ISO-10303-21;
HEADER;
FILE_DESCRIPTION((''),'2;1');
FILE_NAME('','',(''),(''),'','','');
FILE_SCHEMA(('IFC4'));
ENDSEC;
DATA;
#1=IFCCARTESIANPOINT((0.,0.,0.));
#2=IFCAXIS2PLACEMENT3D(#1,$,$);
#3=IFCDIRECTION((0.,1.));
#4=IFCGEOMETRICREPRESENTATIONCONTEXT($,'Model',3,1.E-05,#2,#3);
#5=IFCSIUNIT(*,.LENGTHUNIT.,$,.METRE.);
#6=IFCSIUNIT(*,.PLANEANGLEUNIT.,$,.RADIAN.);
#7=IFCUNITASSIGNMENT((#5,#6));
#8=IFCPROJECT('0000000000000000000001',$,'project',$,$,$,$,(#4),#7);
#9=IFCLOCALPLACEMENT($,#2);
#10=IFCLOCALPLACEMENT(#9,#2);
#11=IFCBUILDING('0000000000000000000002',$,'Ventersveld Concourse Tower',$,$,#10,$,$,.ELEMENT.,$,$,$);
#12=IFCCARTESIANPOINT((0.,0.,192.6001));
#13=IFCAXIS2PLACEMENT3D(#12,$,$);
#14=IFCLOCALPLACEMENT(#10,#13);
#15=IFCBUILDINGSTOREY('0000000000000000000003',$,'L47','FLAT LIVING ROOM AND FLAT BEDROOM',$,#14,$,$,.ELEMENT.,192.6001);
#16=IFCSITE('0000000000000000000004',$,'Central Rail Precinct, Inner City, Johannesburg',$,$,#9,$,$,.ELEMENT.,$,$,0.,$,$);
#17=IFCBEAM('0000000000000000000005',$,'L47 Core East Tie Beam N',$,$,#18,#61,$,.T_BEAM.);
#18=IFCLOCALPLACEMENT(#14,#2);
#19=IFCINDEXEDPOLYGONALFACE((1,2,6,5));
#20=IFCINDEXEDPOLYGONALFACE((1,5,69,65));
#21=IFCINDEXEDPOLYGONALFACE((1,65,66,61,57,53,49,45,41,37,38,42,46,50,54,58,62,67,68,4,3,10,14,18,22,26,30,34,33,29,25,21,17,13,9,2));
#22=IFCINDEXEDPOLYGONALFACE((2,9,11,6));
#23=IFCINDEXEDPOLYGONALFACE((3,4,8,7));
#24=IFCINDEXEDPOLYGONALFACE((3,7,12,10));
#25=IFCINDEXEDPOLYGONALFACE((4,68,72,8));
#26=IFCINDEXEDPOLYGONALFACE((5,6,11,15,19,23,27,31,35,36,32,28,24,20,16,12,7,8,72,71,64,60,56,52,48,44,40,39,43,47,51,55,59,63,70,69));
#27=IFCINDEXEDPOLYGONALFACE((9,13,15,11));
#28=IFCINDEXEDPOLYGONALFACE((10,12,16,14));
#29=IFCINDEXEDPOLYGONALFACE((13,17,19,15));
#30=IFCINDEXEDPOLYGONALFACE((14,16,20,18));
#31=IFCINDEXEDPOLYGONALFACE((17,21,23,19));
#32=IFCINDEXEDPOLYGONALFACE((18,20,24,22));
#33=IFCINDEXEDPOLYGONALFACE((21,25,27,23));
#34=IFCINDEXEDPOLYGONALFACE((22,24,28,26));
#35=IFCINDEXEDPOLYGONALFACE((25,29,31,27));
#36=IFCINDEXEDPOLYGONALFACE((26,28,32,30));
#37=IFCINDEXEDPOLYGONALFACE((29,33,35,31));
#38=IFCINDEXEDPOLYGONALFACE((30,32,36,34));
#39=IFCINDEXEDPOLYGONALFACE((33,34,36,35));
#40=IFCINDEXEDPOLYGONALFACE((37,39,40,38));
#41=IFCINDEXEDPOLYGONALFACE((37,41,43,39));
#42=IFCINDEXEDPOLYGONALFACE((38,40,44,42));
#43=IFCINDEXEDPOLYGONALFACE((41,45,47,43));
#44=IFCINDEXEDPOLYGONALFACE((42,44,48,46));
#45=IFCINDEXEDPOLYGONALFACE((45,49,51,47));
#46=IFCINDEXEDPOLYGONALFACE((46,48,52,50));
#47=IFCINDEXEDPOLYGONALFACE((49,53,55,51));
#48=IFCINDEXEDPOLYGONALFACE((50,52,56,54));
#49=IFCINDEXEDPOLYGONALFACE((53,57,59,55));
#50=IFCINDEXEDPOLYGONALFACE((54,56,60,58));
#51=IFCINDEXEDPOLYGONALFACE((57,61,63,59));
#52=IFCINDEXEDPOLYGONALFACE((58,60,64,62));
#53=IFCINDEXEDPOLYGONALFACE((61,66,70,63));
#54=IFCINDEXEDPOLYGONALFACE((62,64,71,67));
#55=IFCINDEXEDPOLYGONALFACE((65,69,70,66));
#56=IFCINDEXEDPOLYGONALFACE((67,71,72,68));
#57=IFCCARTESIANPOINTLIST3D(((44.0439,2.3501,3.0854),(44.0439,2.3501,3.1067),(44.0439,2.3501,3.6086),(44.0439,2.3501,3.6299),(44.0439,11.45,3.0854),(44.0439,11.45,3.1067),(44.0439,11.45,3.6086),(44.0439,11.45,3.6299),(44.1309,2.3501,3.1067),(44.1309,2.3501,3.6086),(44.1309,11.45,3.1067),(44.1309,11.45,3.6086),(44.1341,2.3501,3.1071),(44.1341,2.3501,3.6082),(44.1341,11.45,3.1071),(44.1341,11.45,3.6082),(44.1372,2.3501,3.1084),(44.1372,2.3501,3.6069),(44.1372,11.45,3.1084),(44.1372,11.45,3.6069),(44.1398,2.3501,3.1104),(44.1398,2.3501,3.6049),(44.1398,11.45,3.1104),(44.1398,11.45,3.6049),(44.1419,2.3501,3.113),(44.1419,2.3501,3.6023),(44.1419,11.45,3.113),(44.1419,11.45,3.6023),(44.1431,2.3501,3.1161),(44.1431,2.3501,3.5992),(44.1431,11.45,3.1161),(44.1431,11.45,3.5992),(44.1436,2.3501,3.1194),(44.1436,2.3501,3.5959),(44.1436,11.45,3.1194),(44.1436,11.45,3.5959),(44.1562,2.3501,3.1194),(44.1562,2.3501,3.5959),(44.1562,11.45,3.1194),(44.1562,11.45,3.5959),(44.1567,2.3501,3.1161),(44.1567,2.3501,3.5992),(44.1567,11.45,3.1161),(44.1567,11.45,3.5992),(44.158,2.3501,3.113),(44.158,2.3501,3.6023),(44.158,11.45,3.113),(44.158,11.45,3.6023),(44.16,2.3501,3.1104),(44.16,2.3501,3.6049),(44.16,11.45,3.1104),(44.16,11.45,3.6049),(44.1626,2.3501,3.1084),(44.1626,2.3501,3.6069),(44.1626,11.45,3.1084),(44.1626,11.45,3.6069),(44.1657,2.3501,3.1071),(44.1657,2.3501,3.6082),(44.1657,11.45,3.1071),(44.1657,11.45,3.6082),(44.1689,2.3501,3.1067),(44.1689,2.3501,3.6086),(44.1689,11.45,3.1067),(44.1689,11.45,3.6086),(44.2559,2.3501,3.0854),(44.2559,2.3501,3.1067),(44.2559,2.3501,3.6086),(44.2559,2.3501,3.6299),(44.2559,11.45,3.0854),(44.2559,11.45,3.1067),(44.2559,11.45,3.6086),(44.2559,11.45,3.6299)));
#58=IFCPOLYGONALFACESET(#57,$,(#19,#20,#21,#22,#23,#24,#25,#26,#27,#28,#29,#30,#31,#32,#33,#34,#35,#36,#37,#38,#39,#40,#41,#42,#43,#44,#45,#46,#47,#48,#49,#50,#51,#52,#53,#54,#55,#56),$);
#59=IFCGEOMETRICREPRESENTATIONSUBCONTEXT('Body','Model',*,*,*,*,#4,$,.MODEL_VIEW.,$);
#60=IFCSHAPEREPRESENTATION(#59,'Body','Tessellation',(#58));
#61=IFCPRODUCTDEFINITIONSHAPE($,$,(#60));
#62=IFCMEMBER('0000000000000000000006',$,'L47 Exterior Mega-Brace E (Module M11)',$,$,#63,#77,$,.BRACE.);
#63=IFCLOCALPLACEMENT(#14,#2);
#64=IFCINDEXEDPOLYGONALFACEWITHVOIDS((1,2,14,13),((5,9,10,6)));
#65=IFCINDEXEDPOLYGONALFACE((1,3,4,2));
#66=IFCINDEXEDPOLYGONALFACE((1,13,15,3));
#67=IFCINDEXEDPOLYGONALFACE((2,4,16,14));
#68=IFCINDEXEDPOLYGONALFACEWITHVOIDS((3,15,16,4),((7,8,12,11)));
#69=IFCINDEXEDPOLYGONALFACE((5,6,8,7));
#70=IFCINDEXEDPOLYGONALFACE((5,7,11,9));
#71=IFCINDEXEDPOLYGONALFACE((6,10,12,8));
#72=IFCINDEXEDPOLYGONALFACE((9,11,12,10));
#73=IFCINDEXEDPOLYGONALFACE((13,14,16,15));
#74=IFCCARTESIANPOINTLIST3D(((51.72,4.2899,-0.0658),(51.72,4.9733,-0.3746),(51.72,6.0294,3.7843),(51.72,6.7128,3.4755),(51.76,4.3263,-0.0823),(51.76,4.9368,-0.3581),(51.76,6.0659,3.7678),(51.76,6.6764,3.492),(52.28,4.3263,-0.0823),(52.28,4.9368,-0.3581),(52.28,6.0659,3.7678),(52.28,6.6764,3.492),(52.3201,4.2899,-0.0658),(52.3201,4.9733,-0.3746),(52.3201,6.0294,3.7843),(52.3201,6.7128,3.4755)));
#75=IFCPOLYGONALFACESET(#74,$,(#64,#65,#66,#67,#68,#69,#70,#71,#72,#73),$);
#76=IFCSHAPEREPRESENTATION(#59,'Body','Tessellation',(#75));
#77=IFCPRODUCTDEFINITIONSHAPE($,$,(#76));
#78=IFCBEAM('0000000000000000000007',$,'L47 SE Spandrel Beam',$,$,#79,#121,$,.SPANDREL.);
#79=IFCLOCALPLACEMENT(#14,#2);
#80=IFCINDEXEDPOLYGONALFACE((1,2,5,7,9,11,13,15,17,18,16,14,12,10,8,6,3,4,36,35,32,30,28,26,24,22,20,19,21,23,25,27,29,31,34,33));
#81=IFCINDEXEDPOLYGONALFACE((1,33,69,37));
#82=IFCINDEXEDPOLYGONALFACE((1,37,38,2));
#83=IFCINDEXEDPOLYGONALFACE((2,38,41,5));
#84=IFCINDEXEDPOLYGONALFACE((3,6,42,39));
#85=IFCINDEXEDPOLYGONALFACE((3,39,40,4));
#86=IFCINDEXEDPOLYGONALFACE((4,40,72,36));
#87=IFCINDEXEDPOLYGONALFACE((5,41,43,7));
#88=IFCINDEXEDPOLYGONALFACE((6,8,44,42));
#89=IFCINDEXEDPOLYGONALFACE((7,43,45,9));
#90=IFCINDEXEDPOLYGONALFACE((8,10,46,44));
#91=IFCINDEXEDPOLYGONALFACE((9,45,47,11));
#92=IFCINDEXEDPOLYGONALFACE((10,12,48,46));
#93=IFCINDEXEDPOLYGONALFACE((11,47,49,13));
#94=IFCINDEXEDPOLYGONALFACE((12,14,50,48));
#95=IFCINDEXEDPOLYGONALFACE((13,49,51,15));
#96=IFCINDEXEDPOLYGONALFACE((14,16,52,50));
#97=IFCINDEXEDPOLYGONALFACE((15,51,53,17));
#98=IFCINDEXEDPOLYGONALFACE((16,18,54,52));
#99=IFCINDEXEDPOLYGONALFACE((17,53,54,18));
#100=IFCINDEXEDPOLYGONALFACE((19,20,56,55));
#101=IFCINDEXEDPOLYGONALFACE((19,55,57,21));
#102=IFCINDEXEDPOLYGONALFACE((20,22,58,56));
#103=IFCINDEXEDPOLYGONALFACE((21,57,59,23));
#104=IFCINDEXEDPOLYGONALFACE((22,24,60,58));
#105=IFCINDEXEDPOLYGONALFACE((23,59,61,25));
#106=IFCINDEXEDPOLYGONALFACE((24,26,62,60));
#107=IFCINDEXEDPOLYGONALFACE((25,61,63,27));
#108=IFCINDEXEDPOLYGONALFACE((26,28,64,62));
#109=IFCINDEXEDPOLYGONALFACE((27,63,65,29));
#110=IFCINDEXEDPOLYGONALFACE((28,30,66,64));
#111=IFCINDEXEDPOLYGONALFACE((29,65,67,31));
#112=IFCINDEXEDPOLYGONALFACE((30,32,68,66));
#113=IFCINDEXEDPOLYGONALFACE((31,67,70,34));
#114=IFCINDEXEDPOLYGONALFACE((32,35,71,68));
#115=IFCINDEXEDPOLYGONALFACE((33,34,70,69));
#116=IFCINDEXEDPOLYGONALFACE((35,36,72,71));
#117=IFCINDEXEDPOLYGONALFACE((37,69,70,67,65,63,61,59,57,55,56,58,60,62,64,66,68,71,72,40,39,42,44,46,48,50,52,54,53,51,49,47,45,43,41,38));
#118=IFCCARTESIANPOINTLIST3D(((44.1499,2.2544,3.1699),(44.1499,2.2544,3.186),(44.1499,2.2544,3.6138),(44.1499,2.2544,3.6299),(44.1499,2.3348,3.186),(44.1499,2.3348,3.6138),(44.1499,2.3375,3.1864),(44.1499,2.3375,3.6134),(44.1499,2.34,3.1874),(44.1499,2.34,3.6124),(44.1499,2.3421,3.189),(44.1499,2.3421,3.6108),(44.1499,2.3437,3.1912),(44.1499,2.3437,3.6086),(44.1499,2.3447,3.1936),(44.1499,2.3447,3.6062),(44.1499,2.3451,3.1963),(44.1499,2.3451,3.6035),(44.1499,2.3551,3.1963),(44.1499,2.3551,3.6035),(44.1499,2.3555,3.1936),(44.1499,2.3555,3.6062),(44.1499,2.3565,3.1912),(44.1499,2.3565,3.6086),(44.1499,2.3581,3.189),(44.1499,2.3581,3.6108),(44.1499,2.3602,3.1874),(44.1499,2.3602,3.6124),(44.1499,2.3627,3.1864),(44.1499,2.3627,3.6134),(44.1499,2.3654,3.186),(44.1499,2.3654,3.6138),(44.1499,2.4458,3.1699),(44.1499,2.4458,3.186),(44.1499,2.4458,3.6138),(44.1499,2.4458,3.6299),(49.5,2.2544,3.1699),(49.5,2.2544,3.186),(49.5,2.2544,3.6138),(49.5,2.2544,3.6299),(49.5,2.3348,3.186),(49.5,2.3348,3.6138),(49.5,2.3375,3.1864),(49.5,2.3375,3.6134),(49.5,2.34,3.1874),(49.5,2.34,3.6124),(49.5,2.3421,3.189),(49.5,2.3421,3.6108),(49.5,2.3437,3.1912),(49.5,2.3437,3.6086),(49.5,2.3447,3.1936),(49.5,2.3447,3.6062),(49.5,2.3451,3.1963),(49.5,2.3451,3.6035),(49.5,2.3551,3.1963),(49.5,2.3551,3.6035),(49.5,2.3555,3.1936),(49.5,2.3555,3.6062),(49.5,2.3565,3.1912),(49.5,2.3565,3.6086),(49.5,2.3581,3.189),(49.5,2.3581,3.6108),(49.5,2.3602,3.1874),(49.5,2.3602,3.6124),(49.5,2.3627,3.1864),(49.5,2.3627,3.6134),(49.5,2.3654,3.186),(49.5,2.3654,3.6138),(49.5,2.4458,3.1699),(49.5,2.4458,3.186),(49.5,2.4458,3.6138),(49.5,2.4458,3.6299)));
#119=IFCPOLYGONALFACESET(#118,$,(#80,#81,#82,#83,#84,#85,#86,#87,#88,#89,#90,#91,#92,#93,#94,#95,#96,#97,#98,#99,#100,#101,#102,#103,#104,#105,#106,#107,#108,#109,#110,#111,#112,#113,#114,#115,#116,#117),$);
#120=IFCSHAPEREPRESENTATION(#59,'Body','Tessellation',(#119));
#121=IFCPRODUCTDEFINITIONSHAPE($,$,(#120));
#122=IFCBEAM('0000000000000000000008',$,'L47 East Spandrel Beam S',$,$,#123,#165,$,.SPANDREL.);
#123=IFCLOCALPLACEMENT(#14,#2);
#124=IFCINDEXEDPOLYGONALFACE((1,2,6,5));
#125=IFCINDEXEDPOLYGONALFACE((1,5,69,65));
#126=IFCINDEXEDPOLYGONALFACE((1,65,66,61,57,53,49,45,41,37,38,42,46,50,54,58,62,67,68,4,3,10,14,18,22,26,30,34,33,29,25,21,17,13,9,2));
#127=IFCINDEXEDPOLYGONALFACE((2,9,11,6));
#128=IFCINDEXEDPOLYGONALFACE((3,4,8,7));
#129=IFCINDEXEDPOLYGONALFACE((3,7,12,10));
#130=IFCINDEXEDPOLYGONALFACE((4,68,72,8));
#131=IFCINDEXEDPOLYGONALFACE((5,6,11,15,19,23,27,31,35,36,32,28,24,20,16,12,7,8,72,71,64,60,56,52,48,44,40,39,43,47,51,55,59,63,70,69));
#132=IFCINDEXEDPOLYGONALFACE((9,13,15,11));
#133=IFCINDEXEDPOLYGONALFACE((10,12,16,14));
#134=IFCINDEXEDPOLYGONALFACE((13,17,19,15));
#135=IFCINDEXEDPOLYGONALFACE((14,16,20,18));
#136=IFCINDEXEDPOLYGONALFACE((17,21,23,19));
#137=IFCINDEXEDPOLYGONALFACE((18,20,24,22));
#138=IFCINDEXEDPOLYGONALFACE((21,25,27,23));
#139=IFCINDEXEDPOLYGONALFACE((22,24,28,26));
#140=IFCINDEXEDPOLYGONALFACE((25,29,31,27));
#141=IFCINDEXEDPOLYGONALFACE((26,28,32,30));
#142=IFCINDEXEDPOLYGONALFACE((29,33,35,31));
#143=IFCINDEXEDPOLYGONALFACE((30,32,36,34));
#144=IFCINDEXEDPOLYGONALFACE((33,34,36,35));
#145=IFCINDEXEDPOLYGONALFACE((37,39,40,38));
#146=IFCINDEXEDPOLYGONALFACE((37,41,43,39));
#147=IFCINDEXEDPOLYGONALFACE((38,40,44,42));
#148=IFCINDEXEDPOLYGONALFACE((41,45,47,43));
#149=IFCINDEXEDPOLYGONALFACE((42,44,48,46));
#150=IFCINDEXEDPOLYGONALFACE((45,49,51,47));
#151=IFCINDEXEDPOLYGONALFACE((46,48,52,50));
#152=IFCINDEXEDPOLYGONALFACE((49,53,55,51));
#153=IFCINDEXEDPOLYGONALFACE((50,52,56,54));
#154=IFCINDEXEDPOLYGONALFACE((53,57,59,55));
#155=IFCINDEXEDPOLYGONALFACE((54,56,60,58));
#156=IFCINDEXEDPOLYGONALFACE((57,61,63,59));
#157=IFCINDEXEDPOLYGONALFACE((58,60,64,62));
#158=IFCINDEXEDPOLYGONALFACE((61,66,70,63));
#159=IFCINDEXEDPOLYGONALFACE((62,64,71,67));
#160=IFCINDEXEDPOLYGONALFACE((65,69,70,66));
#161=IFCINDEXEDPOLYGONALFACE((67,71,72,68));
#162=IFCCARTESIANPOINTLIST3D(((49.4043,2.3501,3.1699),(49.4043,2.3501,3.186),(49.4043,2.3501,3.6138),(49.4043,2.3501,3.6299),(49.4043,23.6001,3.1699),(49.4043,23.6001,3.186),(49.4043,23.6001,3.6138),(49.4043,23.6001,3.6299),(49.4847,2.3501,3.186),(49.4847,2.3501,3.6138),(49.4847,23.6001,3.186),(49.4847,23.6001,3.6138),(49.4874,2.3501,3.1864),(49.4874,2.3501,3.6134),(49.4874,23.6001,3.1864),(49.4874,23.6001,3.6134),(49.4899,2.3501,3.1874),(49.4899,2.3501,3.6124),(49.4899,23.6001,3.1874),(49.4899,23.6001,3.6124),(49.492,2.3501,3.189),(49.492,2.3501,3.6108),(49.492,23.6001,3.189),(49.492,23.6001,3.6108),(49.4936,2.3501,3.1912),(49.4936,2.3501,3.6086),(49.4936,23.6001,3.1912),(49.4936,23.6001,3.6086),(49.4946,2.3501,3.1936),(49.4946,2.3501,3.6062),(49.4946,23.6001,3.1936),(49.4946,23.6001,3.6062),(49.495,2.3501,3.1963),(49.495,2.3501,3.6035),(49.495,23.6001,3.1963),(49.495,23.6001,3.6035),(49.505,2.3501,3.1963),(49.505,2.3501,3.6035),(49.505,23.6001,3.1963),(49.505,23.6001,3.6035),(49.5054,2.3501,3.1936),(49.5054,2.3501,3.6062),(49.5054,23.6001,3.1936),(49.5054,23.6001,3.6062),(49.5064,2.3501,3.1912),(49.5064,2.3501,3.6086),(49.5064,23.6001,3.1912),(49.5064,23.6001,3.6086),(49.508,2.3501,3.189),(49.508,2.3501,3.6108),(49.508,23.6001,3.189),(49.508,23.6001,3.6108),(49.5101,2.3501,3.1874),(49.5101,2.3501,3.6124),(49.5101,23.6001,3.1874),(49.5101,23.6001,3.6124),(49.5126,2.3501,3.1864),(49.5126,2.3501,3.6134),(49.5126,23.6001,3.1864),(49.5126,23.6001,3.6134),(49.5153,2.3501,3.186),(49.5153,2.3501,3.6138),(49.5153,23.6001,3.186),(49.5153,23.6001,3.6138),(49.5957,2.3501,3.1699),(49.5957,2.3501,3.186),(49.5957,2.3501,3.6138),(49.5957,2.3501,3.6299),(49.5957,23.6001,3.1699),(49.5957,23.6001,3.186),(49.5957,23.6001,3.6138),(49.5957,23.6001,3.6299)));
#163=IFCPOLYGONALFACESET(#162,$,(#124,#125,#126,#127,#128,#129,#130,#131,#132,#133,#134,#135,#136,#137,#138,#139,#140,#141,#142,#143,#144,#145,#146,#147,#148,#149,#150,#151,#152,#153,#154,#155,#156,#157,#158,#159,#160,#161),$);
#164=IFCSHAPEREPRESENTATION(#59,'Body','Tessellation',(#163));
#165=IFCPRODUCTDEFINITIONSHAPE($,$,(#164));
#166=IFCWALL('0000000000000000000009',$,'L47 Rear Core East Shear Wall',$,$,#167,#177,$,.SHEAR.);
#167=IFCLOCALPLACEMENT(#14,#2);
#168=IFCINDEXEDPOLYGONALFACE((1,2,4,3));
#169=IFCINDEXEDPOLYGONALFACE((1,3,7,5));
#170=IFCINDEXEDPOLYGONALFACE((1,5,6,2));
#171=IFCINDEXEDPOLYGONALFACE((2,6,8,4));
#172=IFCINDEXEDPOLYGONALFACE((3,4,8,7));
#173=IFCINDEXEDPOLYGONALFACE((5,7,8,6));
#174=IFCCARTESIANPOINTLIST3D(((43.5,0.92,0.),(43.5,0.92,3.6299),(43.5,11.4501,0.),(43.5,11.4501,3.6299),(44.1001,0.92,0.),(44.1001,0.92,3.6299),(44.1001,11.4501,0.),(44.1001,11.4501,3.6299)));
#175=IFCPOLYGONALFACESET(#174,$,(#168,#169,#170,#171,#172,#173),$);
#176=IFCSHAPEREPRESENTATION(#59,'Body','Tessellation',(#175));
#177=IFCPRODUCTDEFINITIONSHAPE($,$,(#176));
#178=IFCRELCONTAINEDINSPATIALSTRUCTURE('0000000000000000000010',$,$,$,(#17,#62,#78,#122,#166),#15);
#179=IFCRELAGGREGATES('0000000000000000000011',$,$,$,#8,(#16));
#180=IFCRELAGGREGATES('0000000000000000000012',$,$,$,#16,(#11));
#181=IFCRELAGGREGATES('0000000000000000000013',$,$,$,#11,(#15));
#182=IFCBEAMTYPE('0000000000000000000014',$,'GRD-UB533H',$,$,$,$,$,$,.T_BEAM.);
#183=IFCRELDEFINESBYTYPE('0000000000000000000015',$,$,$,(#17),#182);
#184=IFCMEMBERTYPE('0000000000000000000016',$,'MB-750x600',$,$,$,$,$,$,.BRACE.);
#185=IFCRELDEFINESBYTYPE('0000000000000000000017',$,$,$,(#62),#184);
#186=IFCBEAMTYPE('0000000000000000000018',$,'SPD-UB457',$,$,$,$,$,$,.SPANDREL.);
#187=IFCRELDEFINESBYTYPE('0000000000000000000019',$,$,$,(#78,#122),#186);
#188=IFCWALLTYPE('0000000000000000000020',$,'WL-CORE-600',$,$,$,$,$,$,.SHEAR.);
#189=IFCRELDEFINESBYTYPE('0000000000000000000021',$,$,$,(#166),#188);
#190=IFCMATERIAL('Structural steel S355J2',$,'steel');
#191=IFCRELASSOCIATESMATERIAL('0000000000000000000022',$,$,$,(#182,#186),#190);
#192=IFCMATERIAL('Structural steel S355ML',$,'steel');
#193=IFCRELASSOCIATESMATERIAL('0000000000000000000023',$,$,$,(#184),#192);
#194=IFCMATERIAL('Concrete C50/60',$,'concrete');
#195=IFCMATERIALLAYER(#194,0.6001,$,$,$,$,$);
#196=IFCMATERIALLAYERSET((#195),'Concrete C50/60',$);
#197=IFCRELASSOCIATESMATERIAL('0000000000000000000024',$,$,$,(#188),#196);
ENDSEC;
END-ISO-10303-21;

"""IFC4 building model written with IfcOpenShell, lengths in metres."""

from ifc_helpers import new_model, si_unit, direction, frame, frame_2d, origin, origin_2d, place, context, subcontext, project, spatial, rectangle, hollow_rectangle, i_section, extrude, material, layer, layer_set, material_profile, profile_set, type_object, element, save


model = new_model("IFC4")

# Units and contexts
model_context = context("Model", 3, precision=1e-05, world=origin(), true_north=direction((0.0, 1.0)))
body_context = subcontext(model_context, "Body", "Model", "MODEL_VIEW")
ifc_project = project(units=[si_unit("LENGTHUNIT", "METRE"), si_unit("PLANEANGLEUNIT", "RADIAN")], contexts=[model_context])

# Site, building, storey
site_placement = place(None, origin())
site = spatial("IfcSite", under=ifc_project, at=site_placement, Name="Central Rail Precinct, Inner City, Johannesburg", CompositionType="ELEMENT", RefElevation=0.0)
building_placement = place(site_placement, origin())
building = spatial("IfcBuilding", under=site, at=building_placement, Name="Ventersveld Concourse Tower", CompositionType="ELEMENT")
storey_placement = place(building_placement, frame((0.0, 0.0, 192.6001)))
storey = spatial("IfcBuildingStorey", under=building, at=storey_placement, Name="L47", Description="FLAT LIVING ROOM AND FLAT BEDROOM", CompositionType="ELEMENT", Elevation=192.6001)

# Shared definitions
ifc_material_1 = material(Name="Concrete C50/60", Category="concrete")

# Beam
ifc_material_2 = material(Name="Structural steel S355J2", Category="steel")
ifc_material_profile_1 = material_profile(ifc_material_2, i_section(OverallWidth=0.2119, OverallDepth=0.5444, WebThickness=0.0127, FlangeThickness=0.0212, FilletRadius=0.0127, at=origin_2d()), Name="UB 533x210x122")
ifc_profile_set_1 = profile_set([ifc_material_profile_1], Name="Structural steel S355J2")
beam_type_1 = type_object("IfcBeamType", Name="GRD-UB533H", PredefinedType="T_BEAM", material=ifc_profile_set_1)
beam_1_placement = place(storey_placement, frame((44.1499, 2.3501, 3.3577), z_axis=(0.0, 1.0, 0.0), x_axis=(-1.0, 0.0, 0.0)))
element("IfcBeam", 1, at=beam_1_placement, inside=storey, type_object=beam_type_1, Name="L47 Core East Tie Beam N", PredefinedType="T_BEAM", context=body_context, shape_type="SweptSolid", body=[
    extrude(i_section(OverallWidth=0.2119, OverallDepth=0.5444, WebThickness=0.0127, FlangeThickness=0.0212, FilletRadius=0.0127, at=origin_2d()), origin(), (0.0, 0.0, 1.0), 9.0999),
])

# Member
ifc_material_3 = material(Name="Structural steel S355ML", Category="steel")
ifc_material_profile_2 = material_profile(ifc_material_3, hollow_rectangle(XDim=0.6001, YDim=0.75, WallThickness=0.04, at=origin_2d()), Name="BOX 750x600x40")
ifc_profile_set_2 = profile_set([ifc_material_profile_2], Name="Structural steel S355ML")
member_type = type_object("IfcMemberType", Name="MB-750x600", PredefinedType="BRACE", material=ifc_profile_set_2)
member_placement = place(storey_placement, frame((52.02, 4.6316, -0.2202), z_axis=(0.0, 0.411734, 0.911304), x_axis=(-1.0, 0.0, 0.0)))
element("IfcMember", 2, at=member_placement, inside=storey, type_object=member_type, Name="L47 Exterior Mega-Brace E (Module M11)", PredefinedType="BRACE", context=body_context, shape_type="SweptSolid", body=[
    extrude(hollow_rectangle(XDim=0.6001, YDim=0.75, WallThickness=0.04, at=origin_2d()), origin(), (0.0, 0.0, 1.0), 4.2249),
])

# Beams
ifc_material_profile_3 = material_profile(ifc_material_2, i_section(OverallWidth=0.1914, OverallDepth=0.46, WebThickness=0.01, FlangeThickness=0.0161, FilletRadius=0.0103, at=origin_2d()), Name="UB 457x191x82")
ifc_profile_set_3 = profile_set([ifc_material_profile_3], Name="Structural steel S355J2")
beam_type_2 = type_object("IfcBeamType", Name="SPD-UB457", PredefinedType="SPANDREL", material=ifc_profile_set_3)
beam_2_placement = place(storey_placement, frame((44.1499, 2.3501, 3.3999), z_axis=(1.0, 0.0, 0.0), x_axis=(0.0, 1.0, 0.0)))
element("IfcBeam", 3, at=beam_2_placement, inside=storey, type_object=beam_type_2, Name="L47 SE Spandrel Beam", PredefinedType="SPANDREL", context=body_context, shape_type="SweptSolid", body=[
    extrude(i_section(OverallWidth=0.1914, OverallDepth=0.46, WebThickness=0.01, FlangeThickness=0.0161, FilletRadius=0.0103, at=origin_2d()), origin(), (0.0, 0.0, 1.0), 5.3501),
])
beam_3_placement = place(storey_placement, frame((49.5, 2.3501, 3.3999), z_axis=(0.0, 1.0, 0.0), x_axis=(-1.0, 0.0, 0.0)))
element("IfcBeam", 4, at=beam_3_placement, inside=storey, type_object=beam_type_2, Name="L47 East Spandrel Beam S", PredefinedType="SPANDREL", context=body_context, shape_type="SweptSolid", body=[
    extrude(i_section(OverallWidth=0.1914, OverallDepth=0.46, WebThickness=0.01, FlangeThickness=0.0161, FilletRadius=0.0103, at=origin_2d()), origin(), (0.0, 0.0, 1.0), 21.25),
])

# Wall
ifc_layer_1 = layer(ifc_material_1, 0.6001)
ifc_layer_set_1 = layer_set([ifc_layer_1], Name="Concrete C50/60")
wall_type_1 = type_object("IfcWallType", Name="WL-CORE-600", PredefinedType="SHEAR", material=ifc_layer_set_1)
wall_1_placement = place(storey_placement, frame((43.8, 0.9199, 0.0), z_axis=(0.0, 0.0, 1.0), x_axis=(0.0, 1.0, 0.0)))
element("IfcWall", 5, at=wall_1_placement, inside=storey, type_object=wall_type_1, Name="L47 Rear Core East Shear Wall", PredefinedType="SHEAR", context=body_context, shape_type="SweptSolid", body=[
    extrude(rectangle(XDim=10.53, YDim=0.6001, at=frame_2d((5.2651, 0.0))), origin(), (0.0, 0.0, 1.0), 3.6299),
])

save(model, "model.ifc")
